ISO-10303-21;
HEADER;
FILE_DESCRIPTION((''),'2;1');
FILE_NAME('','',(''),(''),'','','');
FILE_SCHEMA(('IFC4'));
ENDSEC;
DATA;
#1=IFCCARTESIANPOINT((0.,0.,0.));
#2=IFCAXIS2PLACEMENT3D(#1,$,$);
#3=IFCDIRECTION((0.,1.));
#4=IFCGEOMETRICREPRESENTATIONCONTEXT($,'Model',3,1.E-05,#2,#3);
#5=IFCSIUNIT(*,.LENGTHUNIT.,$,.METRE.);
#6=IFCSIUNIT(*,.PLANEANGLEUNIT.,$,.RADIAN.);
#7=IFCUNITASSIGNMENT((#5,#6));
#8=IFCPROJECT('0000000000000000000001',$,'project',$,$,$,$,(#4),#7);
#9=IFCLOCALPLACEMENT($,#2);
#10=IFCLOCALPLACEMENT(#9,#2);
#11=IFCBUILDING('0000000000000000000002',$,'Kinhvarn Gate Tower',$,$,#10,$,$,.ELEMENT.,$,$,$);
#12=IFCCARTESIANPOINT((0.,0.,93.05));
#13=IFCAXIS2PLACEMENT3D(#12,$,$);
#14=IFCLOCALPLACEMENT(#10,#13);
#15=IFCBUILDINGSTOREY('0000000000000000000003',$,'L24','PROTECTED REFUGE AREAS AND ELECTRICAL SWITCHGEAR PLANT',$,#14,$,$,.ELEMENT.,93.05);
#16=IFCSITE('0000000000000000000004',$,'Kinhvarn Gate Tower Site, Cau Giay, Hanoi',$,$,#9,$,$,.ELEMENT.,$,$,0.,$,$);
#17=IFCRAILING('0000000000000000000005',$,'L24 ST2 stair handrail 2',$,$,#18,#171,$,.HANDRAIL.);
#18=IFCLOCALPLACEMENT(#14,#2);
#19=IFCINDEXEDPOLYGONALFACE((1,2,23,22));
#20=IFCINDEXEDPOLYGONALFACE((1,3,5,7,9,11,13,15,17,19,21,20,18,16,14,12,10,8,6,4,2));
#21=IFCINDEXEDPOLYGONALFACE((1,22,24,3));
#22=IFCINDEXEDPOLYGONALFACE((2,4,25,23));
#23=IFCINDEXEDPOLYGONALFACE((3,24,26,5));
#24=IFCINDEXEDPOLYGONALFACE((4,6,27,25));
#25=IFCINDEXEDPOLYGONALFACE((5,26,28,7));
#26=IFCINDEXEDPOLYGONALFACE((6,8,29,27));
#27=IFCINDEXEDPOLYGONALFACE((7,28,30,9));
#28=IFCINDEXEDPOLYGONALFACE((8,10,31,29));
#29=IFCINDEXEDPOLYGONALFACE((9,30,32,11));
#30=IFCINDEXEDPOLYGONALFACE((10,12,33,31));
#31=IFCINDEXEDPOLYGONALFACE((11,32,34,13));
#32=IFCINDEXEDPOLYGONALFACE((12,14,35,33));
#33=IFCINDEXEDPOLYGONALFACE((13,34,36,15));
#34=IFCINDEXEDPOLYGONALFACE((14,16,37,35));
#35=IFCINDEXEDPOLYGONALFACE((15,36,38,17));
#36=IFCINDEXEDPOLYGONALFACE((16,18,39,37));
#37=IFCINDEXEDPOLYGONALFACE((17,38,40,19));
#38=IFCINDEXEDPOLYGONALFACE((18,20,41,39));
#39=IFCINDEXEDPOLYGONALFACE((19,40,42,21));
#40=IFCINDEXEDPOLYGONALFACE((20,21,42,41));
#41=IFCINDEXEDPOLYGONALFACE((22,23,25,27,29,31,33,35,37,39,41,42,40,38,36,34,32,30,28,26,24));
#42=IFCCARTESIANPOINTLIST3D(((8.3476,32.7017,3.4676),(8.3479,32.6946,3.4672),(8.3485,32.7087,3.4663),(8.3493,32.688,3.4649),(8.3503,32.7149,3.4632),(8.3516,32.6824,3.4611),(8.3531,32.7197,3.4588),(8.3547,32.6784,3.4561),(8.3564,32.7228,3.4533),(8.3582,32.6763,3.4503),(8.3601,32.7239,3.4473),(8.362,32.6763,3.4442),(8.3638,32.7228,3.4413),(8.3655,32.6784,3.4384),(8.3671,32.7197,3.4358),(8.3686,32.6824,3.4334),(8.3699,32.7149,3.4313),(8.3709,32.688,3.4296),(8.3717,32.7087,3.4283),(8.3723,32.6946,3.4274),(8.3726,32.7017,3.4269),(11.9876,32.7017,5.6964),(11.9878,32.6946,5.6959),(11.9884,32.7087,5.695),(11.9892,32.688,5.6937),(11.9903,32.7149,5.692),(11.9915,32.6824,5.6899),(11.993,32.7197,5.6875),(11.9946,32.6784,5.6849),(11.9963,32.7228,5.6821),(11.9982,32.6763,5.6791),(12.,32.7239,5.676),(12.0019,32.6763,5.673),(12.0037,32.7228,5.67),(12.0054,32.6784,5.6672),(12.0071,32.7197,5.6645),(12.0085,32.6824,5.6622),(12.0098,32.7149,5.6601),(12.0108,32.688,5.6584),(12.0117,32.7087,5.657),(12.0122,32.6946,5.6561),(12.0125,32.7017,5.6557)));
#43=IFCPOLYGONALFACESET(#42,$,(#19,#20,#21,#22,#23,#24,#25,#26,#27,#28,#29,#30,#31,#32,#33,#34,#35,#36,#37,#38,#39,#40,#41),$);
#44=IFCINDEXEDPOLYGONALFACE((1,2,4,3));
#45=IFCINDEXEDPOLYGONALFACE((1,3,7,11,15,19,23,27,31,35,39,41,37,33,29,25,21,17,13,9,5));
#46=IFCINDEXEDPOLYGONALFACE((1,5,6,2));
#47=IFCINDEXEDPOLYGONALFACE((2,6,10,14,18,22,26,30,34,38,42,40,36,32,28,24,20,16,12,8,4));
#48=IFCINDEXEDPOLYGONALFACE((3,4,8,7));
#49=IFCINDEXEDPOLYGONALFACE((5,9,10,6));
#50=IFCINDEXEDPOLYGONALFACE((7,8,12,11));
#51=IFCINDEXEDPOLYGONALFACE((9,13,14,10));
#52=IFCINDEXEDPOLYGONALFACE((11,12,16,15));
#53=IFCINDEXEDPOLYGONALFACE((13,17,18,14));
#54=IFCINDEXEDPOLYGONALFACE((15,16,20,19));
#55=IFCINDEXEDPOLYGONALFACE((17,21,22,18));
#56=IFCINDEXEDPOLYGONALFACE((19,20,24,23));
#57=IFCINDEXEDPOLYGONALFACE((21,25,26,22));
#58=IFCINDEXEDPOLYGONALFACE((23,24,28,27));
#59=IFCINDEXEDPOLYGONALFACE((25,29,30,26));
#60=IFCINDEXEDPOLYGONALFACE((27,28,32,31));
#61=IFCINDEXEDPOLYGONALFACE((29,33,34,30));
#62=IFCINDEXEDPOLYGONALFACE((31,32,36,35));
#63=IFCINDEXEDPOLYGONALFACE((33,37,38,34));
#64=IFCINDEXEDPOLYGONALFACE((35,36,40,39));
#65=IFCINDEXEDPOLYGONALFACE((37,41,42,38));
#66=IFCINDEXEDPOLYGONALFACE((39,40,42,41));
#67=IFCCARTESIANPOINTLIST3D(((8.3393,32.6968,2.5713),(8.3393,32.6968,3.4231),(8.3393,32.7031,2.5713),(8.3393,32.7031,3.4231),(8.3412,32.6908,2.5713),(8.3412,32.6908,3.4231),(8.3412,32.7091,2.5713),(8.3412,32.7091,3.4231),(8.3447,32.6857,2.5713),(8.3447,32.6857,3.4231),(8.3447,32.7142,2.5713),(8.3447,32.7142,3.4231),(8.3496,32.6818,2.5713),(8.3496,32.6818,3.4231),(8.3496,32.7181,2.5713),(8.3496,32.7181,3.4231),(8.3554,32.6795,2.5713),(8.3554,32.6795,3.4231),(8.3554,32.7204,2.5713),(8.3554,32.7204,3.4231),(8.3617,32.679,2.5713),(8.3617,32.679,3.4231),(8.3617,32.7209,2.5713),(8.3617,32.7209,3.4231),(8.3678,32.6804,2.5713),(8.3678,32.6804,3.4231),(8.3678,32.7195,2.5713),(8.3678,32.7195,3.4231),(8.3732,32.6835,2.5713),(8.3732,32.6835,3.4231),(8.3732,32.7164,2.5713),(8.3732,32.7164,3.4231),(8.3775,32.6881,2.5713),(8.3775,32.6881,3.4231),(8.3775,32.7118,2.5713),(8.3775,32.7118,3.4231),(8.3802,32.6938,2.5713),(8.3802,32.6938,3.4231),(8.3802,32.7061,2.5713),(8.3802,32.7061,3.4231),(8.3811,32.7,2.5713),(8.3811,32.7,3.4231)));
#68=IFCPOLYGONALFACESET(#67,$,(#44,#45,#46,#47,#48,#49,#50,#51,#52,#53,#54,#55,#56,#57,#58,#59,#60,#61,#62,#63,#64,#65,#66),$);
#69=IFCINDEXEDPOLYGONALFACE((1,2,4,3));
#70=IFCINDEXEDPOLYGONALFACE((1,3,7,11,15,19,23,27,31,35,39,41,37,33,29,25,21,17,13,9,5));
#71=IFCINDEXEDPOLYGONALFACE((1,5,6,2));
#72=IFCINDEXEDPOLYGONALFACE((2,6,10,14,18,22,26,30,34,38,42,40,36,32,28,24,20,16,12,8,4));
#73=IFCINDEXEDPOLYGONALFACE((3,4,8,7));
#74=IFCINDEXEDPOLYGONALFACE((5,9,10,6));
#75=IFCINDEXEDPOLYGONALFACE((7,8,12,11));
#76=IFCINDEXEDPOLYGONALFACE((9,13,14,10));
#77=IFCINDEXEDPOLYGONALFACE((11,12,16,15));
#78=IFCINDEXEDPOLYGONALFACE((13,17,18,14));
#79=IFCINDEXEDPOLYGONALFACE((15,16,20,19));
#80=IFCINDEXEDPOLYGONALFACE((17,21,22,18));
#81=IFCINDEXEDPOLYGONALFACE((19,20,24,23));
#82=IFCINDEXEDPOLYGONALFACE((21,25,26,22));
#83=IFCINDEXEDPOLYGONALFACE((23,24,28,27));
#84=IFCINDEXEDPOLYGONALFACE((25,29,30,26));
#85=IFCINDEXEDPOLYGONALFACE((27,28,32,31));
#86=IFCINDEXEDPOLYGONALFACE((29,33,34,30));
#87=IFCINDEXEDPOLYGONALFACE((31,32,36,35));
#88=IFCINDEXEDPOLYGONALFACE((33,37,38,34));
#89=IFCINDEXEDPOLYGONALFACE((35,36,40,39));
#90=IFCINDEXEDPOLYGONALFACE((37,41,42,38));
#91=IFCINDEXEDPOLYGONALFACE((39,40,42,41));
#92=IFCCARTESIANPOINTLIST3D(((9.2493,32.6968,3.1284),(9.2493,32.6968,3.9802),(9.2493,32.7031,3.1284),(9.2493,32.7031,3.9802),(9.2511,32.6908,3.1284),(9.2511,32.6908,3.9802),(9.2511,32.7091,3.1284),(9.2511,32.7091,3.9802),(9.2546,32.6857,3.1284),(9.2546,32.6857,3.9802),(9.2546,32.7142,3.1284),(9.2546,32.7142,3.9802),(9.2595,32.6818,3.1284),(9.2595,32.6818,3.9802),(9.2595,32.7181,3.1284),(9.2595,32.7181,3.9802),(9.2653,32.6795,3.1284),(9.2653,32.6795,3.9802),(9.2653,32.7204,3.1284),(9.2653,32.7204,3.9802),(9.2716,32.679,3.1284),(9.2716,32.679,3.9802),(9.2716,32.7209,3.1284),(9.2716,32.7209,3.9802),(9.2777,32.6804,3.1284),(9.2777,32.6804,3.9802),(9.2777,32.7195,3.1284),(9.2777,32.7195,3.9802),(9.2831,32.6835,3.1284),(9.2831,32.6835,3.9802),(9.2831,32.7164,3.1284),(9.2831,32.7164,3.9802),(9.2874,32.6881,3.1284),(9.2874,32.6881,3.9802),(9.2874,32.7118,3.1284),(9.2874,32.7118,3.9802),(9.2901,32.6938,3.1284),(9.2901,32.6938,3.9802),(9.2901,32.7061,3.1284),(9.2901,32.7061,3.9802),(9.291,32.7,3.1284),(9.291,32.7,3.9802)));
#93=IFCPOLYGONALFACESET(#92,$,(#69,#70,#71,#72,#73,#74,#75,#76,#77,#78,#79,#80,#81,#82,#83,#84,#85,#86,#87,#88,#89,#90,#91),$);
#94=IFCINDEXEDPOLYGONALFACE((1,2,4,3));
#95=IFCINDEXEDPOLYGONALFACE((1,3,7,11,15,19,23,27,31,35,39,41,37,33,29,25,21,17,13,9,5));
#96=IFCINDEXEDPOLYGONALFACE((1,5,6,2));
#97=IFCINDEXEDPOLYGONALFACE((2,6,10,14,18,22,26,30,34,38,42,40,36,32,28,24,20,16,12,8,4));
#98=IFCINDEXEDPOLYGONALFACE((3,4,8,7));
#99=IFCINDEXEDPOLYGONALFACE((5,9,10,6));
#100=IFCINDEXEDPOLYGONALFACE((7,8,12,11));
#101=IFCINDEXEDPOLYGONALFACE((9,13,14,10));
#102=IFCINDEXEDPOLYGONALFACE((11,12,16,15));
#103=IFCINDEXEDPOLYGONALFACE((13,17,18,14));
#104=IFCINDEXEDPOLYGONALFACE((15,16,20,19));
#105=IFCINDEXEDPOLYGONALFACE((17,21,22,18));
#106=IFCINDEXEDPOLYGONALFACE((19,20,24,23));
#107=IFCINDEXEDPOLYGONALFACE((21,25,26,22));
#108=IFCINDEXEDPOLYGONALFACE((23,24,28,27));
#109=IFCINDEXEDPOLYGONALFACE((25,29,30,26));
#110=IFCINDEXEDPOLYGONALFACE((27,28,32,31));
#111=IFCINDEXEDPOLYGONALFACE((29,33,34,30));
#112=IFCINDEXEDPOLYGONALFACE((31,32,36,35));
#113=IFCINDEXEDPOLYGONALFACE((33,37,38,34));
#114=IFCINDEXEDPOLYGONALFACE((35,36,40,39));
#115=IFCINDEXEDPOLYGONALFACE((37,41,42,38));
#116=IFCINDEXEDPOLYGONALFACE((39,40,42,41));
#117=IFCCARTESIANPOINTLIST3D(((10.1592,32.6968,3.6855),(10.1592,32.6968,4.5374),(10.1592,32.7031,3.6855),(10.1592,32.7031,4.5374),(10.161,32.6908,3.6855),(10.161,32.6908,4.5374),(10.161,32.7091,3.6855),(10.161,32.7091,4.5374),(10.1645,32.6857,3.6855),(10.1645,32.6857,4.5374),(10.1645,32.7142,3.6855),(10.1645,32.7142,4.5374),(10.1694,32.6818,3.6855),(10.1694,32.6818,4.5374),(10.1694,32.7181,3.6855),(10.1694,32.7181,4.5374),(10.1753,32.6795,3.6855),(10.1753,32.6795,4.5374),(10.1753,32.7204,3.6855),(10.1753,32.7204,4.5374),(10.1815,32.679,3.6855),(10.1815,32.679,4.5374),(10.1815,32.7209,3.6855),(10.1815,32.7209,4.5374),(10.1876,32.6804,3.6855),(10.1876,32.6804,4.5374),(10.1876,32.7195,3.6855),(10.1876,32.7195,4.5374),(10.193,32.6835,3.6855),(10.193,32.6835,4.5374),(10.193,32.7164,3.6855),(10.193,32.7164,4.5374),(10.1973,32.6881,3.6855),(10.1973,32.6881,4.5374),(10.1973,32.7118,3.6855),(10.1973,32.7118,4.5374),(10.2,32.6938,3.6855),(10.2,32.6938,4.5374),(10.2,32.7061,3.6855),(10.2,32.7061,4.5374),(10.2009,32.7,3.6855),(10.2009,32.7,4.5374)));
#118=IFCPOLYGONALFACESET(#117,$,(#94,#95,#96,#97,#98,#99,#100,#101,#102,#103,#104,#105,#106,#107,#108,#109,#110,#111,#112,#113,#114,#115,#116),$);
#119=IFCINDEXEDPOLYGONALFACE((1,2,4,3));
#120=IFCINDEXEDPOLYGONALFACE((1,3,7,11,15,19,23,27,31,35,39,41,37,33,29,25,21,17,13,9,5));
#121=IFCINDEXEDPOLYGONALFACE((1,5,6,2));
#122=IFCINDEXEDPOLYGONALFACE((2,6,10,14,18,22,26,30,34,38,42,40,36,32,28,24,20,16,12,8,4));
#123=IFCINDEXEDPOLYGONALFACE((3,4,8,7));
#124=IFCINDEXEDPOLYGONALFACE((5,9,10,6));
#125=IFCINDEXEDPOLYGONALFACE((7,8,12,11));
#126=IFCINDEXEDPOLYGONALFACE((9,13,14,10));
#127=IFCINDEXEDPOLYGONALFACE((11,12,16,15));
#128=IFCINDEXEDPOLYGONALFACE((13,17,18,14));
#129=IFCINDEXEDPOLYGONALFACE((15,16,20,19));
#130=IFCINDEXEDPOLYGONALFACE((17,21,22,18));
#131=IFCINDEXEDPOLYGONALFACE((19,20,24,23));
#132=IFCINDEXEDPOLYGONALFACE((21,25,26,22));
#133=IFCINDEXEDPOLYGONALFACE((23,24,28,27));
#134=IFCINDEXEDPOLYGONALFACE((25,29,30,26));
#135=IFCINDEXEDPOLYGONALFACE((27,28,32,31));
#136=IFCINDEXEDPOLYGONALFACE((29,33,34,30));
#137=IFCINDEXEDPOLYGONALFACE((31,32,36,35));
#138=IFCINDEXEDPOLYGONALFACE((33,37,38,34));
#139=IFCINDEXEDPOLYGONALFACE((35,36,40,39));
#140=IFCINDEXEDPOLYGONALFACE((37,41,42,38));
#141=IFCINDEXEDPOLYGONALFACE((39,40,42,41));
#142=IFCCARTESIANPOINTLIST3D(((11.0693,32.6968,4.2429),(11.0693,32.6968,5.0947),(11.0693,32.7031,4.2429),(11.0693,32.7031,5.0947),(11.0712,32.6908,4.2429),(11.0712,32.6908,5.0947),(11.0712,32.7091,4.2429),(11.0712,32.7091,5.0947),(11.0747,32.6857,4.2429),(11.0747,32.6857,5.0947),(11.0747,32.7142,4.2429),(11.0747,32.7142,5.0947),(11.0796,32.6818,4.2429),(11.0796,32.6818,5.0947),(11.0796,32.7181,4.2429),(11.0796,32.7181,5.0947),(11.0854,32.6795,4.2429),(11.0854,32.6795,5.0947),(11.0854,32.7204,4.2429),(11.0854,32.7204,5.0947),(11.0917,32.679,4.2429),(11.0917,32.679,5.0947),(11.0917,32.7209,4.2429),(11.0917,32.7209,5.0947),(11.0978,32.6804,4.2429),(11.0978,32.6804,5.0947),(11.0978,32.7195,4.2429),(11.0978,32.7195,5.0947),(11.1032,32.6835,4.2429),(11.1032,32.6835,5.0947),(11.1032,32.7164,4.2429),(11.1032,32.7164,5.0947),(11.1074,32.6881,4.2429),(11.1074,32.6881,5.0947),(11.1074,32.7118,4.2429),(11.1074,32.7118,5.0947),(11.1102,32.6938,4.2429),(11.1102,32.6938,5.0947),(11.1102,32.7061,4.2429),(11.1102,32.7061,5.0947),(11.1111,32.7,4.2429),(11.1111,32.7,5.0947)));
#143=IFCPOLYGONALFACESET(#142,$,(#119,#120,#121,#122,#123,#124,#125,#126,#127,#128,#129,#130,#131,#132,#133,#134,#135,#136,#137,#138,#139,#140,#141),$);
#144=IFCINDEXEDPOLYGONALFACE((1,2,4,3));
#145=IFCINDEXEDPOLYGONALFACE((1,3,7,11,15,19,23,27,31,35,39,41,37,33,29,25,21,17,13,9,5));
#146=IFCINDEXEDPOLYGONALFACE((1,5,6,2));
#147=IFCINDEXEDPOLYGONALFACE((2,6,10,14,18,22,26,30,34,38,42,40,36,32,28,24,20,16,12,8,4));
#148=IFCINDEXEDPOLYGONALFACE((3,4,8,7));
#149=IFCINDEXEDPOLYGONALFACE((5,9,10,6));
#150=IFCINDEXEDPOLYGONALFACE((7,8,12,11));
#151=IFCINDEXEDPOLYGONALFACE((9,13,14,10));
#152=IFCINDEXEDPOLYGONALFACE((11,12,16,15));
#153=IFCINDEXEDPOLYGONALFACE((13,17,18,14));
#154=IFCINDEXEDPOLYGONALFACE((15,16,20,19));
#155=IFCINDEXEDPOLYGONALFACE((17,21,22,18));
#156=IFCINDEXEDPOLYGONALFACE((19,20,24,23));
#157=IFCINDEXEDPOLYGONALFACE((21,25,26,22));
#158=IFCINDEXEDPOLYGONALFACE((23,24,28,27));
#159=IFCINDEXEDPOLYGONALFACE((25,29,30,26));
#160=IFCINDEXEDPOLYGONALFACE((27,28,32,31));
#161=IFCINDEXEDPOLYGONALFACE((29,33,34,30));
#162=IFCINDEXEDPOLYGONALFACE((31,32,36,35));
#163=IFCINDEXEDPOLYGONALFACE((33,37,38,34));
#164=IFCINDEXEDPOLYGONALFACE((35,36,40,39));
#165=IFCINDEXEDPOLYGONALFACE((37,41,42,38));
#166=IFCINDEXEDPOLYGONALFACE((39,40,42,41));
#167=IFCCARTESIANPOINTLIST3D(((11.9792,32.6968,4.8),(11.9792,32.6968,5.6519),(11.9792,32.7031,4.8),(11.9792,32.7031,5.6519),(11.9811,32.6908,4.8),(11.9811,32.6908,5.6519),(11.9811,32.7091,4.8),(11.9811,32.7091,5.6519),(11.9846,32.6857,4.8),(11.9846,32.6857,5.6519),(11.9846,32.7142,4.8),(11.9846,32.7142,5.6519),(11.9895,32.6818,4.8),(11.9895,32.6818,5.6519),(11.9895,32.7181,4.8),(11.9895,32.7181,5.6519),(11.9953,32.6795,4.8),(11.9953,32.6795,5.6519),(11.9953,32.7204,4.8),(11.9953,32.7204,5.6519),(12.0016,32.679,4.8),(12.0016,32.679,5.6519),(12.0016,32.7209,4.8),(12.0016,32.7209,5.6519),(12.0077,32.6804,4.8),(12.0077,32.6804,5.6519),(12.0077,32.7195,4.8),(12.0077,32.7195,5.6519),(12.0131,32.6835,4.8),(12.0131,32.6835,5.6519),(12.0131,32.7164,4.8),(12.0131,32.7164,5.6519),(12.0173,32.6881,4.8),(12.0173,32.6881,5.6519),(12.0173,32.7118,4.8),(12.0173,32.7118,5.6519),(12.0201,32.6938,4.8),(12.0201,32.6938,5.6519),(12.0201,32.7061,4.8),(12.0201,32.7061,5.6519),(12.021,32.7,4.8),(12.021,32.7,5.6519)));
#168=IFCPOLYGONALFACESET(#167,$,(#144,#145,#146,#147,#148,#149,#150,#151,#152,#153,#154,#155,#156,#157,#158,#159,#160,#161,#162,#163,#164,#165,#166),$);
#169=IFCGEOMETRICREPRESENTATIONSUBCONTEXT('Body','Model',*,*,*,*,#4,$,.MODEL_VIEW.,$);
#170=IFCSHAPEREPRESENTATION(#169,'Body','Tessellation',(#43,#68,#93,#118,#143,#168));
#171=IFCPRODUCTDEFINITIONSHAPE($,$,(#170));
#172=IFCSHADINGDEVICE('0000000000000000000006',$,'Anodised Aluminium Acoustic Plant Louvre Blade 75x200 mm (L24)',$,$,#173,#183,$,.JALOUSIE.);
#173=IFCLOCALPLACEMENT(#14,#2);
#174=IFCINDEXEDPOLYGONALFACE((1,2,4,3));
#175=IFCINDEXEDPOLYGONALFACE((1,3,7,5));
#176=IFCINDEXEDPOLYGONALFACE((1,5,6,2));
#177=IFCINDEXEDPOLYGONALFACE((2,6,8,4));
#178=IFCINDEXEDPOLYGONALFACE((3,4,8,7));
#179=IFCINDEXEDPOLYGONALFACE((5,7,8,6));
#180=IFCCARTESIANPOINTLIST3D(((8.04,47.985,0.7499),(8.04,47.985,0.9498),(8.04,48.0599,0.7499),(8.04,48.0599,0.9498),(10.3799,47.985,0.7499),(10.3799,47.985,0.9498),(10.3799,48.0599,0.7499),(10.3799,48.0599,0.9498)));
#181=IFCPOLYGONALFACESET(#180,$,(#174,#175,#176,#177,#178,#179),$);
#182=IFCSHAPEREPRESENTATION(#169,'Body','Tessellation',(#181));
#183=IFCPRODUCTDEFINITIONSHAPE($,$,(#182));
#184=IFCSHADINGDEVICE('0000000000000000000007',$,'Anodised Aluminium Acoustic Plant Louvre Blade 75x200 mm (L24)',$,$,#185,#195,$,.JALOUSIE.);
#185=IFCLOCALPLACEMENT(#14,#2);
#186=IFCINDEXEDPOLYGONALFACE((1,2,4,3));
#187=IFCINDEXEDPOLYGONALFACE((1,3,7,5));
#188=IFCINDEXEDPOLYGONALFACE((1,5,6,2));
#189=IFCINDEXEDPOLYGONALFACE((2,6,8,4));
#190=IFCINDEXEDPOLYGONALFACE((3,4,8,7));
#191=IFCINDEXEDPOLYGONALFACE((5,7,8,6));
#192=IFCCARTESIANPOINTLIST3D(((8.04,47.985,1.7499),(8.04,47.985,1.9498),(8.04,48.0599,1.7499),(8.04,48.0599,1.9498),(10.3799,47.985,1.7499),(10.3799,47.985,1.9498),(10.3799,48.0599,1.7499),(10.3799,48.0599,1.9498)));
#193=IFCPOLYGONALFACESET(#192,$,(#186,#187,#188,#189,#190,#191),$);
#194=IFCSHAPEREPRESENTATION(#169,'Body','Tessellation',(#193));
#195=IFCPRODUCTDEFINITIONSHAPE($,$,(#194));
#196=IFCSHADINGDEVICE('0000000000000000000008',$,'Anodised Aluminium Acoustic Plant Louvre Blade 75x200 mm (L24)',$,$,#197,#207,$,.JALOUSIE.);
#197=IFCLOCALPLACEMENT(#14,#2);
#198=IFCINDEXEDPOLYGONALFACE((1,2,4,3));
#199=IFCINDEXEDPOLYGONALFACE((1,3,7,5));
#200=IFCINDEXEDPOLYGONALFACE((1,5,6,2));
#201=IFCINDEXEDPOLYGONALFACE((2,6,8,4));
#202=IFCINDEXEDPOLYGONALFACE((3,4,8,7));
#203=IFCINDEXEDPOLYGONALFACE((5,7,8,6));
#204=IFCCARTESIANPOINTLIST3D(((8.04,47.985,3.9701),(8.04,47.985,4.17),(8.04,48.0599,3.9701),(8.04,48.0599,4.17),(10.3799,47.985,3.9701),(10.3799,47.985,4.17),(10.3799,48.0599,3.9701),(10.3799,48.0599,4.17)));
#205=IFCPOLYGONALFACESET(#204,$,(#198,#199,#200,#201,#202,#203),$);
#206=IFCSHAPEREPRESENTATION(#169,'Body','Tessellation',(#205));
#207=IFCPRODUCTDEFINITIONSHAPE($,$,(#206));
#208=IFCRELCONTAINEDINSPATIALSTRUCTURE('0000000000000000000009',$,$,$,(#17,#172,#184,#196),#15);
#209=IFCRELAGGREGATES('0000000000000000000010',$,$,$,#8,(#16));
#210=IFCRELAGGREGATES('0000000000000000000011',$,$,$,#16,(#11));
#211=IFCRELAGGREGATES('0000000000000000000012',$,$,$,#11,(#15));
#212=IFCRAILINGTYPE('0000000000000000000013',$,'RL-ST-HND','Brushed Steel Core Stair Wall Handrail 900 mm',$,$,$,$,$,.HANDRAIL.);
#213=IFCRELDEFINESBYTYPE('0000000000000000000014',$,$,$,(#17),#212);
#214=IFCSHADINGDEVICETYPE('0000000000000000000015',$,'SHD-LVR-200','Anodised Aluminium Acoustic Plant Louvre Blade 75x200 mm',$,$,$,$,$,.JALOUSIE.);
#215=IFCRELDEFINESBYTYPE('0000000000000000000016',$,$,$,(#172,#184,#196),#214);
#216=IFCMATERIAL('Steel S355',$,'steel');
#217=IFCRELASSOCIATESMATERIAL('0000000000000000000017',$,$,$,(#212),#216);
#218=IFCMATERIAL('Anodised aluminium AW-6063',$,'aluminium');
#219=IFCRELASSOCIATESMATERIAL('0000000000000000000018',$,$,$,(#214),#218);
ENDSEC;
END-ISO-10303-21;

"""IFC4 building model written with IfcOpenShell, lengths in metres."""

from ifc_helpers import new_model, si_unit, direction, frame, origin, origin_2d, place, context, subcontext, project, spatial, rectangle, circle, extrude, material, material_profile, profile_set, type_object, element, save


model = new_model("IFC4")

# Units and contexts
model_context = context("Model", 3, precision=1e-05, world=origin(), true_north=direction((0.0, 1.0)))
body_context = subcontext(model_context, "Body", "Model", "MODEL_VIEW")
ifc_project = project(units=[si_unit("LENGTHUNIT", "METRE"), si_unit("PLANEANGLEUNIT", "RADIAN")], contexts=[model_context])

# Site, building, storey
site_placement = place(None, origin())
site = spatial("IfcSite", under=ifc_project, at=site_placement, Name="Kinhvarn Gate Tower Site, Cau Giay, Hanoi", CompositionType="ELEMENT", RefElevation=0.0)
building_placement = place(site_placement, origin())
building = spatial("IfcBuilding", under=site, at=building_placement, Name="Kinhvarn Gate Tower", CompositionType="ELEMENT")
storey_placement = place(building_placement, frame((0.0, 0.0, 93.05)))
storey = spatial("IfcBuildingStorey", under=building, at=storey_placement, Name="L24", Description="PROTECTED REFUGE AREAS AND ELECTRICAL SWITCHGEAR PLANT", CompositionType="ELEMENT", Elevation=93.05)

# Shared definitions
ifc_material_1 = material(Name="Anodised aluminium AW-6063", Category="aluminium")

# Shared definitions
ifc_material_2 = material(Name="Steel S355", Category="steel")

# Railing
railing_type_1 = type_object("IfcRailingType", Name="RL-ST-HND", Description="Brushed Steel Core Stair Wall Handrail 900 mm", PredefinedType="HANDRAIL", material=ifc_material_2)
railing_1_placement = place(storey_placement, frame((8.3601, 32.7, 2.5713)))
element("IfcRailing", 1, at=railing_1_placement, inside=storey, type_object=railing_type_1, Name="L24 ST2 stair handrail 2", PredefinedType="HANDRAIL", context=body_context, shape_type="SweptSolid", body=[
    extrude(circle(Radius=0.0239, at=origin_2d()), frame((0.0, 0.0, 0.876), z_axis=(0.852825, 0.0, 0.522197), x_axis=(0.0, 1.0, 0.0)), (0.0, 0.0, 1.0), 4.2681),
    extrude(circle(Radius=0.021, at=origin_2d()), origin(), (0.0, 0.0, 1.0), 0.8518),
    extrude(circle(Radius=0.021, at=origin_2d()), frame((0.9099, 0.0, 0.5571)), (0.0, 0.0, 1.0), 0.8518),
    extrude(circle(Radius=0.021, at=origin_2d()), frame((1.8198, 0.0, 1.1143)), (0.0, 0.0, 1.0), 0.8518),
    extrude(circle(Radius=0.021, at=origin_2d()), frame((2.73, 0.0, 1.6716)), (0.0, 0.0, 1.0), 0.8518),
    extrude(circle(Radius=0.021, at=origin_2d()), frame((3.6399, 0.0, 2.2288)), (0.0, 0.0, 1.0), 0.8518),
])

# Shading devices
ifc_material_profile_1 = material_profile(ifc_material_1, rectangle(XDim=0.075, YDim=0.2, at=origin_2d()), Name="LOUVRE 75x200")
ifc_profile_set_1 = profile_set([ifc_material_profile_1], Name="Anodised aluminium AW-6063")
shading_device_type = type_object("IfcShadingDeviceType", Name="SHD-LVR-200", Description="Anodised Aluminium Acoustic Plant Louvre Blade 75x200 mm", PredefinedType="JALOUSIE", material=ifc_profile_set_1)
for number, where, z_axis, x_axis, name in (
    (2, (10.3799, 48.0225, 0.8499), (-1.0, 0.0, 0.0), (0.0, -1.0, 0.0), "Anodised Aluminium Acoustic Plant Louvre Blade 75x200 mm (L24)"),
    (3, (10.3799, 48.0225, 1.8499), (-1.0, 0.0, 0.0), (0.0, -1.0, 0.0), "Anodised Aluminium Acoustic Plant Louvre Blade 75x200 mm (L24)"),
    (4, (10.3799, 48.0225, 4.0701), (-1.0, 0.0, 0.0), (0.0, -1.0, 0.0), "Anodised Aluminium Acoustic Plant Louvre Blade 75x200 mm (L24)"),
):
    element("IfcShadingDevice", number, at=place(storey_placement, frame(where, z_axis=z_axis, x_axis=x_axis)), inside=storey, type_object=shading_device_type, Name=name, PredefinedType="JALOUSIE", context=body_context, shape_type="SweptSolid", body=[
        extrude(rectangle(XDim=0.075, YDim=0.2, at=origin_2d()), origin(), (0.0, 0.0, 1.0), 2.3398),
    ])

save(model, "model.ifc")
